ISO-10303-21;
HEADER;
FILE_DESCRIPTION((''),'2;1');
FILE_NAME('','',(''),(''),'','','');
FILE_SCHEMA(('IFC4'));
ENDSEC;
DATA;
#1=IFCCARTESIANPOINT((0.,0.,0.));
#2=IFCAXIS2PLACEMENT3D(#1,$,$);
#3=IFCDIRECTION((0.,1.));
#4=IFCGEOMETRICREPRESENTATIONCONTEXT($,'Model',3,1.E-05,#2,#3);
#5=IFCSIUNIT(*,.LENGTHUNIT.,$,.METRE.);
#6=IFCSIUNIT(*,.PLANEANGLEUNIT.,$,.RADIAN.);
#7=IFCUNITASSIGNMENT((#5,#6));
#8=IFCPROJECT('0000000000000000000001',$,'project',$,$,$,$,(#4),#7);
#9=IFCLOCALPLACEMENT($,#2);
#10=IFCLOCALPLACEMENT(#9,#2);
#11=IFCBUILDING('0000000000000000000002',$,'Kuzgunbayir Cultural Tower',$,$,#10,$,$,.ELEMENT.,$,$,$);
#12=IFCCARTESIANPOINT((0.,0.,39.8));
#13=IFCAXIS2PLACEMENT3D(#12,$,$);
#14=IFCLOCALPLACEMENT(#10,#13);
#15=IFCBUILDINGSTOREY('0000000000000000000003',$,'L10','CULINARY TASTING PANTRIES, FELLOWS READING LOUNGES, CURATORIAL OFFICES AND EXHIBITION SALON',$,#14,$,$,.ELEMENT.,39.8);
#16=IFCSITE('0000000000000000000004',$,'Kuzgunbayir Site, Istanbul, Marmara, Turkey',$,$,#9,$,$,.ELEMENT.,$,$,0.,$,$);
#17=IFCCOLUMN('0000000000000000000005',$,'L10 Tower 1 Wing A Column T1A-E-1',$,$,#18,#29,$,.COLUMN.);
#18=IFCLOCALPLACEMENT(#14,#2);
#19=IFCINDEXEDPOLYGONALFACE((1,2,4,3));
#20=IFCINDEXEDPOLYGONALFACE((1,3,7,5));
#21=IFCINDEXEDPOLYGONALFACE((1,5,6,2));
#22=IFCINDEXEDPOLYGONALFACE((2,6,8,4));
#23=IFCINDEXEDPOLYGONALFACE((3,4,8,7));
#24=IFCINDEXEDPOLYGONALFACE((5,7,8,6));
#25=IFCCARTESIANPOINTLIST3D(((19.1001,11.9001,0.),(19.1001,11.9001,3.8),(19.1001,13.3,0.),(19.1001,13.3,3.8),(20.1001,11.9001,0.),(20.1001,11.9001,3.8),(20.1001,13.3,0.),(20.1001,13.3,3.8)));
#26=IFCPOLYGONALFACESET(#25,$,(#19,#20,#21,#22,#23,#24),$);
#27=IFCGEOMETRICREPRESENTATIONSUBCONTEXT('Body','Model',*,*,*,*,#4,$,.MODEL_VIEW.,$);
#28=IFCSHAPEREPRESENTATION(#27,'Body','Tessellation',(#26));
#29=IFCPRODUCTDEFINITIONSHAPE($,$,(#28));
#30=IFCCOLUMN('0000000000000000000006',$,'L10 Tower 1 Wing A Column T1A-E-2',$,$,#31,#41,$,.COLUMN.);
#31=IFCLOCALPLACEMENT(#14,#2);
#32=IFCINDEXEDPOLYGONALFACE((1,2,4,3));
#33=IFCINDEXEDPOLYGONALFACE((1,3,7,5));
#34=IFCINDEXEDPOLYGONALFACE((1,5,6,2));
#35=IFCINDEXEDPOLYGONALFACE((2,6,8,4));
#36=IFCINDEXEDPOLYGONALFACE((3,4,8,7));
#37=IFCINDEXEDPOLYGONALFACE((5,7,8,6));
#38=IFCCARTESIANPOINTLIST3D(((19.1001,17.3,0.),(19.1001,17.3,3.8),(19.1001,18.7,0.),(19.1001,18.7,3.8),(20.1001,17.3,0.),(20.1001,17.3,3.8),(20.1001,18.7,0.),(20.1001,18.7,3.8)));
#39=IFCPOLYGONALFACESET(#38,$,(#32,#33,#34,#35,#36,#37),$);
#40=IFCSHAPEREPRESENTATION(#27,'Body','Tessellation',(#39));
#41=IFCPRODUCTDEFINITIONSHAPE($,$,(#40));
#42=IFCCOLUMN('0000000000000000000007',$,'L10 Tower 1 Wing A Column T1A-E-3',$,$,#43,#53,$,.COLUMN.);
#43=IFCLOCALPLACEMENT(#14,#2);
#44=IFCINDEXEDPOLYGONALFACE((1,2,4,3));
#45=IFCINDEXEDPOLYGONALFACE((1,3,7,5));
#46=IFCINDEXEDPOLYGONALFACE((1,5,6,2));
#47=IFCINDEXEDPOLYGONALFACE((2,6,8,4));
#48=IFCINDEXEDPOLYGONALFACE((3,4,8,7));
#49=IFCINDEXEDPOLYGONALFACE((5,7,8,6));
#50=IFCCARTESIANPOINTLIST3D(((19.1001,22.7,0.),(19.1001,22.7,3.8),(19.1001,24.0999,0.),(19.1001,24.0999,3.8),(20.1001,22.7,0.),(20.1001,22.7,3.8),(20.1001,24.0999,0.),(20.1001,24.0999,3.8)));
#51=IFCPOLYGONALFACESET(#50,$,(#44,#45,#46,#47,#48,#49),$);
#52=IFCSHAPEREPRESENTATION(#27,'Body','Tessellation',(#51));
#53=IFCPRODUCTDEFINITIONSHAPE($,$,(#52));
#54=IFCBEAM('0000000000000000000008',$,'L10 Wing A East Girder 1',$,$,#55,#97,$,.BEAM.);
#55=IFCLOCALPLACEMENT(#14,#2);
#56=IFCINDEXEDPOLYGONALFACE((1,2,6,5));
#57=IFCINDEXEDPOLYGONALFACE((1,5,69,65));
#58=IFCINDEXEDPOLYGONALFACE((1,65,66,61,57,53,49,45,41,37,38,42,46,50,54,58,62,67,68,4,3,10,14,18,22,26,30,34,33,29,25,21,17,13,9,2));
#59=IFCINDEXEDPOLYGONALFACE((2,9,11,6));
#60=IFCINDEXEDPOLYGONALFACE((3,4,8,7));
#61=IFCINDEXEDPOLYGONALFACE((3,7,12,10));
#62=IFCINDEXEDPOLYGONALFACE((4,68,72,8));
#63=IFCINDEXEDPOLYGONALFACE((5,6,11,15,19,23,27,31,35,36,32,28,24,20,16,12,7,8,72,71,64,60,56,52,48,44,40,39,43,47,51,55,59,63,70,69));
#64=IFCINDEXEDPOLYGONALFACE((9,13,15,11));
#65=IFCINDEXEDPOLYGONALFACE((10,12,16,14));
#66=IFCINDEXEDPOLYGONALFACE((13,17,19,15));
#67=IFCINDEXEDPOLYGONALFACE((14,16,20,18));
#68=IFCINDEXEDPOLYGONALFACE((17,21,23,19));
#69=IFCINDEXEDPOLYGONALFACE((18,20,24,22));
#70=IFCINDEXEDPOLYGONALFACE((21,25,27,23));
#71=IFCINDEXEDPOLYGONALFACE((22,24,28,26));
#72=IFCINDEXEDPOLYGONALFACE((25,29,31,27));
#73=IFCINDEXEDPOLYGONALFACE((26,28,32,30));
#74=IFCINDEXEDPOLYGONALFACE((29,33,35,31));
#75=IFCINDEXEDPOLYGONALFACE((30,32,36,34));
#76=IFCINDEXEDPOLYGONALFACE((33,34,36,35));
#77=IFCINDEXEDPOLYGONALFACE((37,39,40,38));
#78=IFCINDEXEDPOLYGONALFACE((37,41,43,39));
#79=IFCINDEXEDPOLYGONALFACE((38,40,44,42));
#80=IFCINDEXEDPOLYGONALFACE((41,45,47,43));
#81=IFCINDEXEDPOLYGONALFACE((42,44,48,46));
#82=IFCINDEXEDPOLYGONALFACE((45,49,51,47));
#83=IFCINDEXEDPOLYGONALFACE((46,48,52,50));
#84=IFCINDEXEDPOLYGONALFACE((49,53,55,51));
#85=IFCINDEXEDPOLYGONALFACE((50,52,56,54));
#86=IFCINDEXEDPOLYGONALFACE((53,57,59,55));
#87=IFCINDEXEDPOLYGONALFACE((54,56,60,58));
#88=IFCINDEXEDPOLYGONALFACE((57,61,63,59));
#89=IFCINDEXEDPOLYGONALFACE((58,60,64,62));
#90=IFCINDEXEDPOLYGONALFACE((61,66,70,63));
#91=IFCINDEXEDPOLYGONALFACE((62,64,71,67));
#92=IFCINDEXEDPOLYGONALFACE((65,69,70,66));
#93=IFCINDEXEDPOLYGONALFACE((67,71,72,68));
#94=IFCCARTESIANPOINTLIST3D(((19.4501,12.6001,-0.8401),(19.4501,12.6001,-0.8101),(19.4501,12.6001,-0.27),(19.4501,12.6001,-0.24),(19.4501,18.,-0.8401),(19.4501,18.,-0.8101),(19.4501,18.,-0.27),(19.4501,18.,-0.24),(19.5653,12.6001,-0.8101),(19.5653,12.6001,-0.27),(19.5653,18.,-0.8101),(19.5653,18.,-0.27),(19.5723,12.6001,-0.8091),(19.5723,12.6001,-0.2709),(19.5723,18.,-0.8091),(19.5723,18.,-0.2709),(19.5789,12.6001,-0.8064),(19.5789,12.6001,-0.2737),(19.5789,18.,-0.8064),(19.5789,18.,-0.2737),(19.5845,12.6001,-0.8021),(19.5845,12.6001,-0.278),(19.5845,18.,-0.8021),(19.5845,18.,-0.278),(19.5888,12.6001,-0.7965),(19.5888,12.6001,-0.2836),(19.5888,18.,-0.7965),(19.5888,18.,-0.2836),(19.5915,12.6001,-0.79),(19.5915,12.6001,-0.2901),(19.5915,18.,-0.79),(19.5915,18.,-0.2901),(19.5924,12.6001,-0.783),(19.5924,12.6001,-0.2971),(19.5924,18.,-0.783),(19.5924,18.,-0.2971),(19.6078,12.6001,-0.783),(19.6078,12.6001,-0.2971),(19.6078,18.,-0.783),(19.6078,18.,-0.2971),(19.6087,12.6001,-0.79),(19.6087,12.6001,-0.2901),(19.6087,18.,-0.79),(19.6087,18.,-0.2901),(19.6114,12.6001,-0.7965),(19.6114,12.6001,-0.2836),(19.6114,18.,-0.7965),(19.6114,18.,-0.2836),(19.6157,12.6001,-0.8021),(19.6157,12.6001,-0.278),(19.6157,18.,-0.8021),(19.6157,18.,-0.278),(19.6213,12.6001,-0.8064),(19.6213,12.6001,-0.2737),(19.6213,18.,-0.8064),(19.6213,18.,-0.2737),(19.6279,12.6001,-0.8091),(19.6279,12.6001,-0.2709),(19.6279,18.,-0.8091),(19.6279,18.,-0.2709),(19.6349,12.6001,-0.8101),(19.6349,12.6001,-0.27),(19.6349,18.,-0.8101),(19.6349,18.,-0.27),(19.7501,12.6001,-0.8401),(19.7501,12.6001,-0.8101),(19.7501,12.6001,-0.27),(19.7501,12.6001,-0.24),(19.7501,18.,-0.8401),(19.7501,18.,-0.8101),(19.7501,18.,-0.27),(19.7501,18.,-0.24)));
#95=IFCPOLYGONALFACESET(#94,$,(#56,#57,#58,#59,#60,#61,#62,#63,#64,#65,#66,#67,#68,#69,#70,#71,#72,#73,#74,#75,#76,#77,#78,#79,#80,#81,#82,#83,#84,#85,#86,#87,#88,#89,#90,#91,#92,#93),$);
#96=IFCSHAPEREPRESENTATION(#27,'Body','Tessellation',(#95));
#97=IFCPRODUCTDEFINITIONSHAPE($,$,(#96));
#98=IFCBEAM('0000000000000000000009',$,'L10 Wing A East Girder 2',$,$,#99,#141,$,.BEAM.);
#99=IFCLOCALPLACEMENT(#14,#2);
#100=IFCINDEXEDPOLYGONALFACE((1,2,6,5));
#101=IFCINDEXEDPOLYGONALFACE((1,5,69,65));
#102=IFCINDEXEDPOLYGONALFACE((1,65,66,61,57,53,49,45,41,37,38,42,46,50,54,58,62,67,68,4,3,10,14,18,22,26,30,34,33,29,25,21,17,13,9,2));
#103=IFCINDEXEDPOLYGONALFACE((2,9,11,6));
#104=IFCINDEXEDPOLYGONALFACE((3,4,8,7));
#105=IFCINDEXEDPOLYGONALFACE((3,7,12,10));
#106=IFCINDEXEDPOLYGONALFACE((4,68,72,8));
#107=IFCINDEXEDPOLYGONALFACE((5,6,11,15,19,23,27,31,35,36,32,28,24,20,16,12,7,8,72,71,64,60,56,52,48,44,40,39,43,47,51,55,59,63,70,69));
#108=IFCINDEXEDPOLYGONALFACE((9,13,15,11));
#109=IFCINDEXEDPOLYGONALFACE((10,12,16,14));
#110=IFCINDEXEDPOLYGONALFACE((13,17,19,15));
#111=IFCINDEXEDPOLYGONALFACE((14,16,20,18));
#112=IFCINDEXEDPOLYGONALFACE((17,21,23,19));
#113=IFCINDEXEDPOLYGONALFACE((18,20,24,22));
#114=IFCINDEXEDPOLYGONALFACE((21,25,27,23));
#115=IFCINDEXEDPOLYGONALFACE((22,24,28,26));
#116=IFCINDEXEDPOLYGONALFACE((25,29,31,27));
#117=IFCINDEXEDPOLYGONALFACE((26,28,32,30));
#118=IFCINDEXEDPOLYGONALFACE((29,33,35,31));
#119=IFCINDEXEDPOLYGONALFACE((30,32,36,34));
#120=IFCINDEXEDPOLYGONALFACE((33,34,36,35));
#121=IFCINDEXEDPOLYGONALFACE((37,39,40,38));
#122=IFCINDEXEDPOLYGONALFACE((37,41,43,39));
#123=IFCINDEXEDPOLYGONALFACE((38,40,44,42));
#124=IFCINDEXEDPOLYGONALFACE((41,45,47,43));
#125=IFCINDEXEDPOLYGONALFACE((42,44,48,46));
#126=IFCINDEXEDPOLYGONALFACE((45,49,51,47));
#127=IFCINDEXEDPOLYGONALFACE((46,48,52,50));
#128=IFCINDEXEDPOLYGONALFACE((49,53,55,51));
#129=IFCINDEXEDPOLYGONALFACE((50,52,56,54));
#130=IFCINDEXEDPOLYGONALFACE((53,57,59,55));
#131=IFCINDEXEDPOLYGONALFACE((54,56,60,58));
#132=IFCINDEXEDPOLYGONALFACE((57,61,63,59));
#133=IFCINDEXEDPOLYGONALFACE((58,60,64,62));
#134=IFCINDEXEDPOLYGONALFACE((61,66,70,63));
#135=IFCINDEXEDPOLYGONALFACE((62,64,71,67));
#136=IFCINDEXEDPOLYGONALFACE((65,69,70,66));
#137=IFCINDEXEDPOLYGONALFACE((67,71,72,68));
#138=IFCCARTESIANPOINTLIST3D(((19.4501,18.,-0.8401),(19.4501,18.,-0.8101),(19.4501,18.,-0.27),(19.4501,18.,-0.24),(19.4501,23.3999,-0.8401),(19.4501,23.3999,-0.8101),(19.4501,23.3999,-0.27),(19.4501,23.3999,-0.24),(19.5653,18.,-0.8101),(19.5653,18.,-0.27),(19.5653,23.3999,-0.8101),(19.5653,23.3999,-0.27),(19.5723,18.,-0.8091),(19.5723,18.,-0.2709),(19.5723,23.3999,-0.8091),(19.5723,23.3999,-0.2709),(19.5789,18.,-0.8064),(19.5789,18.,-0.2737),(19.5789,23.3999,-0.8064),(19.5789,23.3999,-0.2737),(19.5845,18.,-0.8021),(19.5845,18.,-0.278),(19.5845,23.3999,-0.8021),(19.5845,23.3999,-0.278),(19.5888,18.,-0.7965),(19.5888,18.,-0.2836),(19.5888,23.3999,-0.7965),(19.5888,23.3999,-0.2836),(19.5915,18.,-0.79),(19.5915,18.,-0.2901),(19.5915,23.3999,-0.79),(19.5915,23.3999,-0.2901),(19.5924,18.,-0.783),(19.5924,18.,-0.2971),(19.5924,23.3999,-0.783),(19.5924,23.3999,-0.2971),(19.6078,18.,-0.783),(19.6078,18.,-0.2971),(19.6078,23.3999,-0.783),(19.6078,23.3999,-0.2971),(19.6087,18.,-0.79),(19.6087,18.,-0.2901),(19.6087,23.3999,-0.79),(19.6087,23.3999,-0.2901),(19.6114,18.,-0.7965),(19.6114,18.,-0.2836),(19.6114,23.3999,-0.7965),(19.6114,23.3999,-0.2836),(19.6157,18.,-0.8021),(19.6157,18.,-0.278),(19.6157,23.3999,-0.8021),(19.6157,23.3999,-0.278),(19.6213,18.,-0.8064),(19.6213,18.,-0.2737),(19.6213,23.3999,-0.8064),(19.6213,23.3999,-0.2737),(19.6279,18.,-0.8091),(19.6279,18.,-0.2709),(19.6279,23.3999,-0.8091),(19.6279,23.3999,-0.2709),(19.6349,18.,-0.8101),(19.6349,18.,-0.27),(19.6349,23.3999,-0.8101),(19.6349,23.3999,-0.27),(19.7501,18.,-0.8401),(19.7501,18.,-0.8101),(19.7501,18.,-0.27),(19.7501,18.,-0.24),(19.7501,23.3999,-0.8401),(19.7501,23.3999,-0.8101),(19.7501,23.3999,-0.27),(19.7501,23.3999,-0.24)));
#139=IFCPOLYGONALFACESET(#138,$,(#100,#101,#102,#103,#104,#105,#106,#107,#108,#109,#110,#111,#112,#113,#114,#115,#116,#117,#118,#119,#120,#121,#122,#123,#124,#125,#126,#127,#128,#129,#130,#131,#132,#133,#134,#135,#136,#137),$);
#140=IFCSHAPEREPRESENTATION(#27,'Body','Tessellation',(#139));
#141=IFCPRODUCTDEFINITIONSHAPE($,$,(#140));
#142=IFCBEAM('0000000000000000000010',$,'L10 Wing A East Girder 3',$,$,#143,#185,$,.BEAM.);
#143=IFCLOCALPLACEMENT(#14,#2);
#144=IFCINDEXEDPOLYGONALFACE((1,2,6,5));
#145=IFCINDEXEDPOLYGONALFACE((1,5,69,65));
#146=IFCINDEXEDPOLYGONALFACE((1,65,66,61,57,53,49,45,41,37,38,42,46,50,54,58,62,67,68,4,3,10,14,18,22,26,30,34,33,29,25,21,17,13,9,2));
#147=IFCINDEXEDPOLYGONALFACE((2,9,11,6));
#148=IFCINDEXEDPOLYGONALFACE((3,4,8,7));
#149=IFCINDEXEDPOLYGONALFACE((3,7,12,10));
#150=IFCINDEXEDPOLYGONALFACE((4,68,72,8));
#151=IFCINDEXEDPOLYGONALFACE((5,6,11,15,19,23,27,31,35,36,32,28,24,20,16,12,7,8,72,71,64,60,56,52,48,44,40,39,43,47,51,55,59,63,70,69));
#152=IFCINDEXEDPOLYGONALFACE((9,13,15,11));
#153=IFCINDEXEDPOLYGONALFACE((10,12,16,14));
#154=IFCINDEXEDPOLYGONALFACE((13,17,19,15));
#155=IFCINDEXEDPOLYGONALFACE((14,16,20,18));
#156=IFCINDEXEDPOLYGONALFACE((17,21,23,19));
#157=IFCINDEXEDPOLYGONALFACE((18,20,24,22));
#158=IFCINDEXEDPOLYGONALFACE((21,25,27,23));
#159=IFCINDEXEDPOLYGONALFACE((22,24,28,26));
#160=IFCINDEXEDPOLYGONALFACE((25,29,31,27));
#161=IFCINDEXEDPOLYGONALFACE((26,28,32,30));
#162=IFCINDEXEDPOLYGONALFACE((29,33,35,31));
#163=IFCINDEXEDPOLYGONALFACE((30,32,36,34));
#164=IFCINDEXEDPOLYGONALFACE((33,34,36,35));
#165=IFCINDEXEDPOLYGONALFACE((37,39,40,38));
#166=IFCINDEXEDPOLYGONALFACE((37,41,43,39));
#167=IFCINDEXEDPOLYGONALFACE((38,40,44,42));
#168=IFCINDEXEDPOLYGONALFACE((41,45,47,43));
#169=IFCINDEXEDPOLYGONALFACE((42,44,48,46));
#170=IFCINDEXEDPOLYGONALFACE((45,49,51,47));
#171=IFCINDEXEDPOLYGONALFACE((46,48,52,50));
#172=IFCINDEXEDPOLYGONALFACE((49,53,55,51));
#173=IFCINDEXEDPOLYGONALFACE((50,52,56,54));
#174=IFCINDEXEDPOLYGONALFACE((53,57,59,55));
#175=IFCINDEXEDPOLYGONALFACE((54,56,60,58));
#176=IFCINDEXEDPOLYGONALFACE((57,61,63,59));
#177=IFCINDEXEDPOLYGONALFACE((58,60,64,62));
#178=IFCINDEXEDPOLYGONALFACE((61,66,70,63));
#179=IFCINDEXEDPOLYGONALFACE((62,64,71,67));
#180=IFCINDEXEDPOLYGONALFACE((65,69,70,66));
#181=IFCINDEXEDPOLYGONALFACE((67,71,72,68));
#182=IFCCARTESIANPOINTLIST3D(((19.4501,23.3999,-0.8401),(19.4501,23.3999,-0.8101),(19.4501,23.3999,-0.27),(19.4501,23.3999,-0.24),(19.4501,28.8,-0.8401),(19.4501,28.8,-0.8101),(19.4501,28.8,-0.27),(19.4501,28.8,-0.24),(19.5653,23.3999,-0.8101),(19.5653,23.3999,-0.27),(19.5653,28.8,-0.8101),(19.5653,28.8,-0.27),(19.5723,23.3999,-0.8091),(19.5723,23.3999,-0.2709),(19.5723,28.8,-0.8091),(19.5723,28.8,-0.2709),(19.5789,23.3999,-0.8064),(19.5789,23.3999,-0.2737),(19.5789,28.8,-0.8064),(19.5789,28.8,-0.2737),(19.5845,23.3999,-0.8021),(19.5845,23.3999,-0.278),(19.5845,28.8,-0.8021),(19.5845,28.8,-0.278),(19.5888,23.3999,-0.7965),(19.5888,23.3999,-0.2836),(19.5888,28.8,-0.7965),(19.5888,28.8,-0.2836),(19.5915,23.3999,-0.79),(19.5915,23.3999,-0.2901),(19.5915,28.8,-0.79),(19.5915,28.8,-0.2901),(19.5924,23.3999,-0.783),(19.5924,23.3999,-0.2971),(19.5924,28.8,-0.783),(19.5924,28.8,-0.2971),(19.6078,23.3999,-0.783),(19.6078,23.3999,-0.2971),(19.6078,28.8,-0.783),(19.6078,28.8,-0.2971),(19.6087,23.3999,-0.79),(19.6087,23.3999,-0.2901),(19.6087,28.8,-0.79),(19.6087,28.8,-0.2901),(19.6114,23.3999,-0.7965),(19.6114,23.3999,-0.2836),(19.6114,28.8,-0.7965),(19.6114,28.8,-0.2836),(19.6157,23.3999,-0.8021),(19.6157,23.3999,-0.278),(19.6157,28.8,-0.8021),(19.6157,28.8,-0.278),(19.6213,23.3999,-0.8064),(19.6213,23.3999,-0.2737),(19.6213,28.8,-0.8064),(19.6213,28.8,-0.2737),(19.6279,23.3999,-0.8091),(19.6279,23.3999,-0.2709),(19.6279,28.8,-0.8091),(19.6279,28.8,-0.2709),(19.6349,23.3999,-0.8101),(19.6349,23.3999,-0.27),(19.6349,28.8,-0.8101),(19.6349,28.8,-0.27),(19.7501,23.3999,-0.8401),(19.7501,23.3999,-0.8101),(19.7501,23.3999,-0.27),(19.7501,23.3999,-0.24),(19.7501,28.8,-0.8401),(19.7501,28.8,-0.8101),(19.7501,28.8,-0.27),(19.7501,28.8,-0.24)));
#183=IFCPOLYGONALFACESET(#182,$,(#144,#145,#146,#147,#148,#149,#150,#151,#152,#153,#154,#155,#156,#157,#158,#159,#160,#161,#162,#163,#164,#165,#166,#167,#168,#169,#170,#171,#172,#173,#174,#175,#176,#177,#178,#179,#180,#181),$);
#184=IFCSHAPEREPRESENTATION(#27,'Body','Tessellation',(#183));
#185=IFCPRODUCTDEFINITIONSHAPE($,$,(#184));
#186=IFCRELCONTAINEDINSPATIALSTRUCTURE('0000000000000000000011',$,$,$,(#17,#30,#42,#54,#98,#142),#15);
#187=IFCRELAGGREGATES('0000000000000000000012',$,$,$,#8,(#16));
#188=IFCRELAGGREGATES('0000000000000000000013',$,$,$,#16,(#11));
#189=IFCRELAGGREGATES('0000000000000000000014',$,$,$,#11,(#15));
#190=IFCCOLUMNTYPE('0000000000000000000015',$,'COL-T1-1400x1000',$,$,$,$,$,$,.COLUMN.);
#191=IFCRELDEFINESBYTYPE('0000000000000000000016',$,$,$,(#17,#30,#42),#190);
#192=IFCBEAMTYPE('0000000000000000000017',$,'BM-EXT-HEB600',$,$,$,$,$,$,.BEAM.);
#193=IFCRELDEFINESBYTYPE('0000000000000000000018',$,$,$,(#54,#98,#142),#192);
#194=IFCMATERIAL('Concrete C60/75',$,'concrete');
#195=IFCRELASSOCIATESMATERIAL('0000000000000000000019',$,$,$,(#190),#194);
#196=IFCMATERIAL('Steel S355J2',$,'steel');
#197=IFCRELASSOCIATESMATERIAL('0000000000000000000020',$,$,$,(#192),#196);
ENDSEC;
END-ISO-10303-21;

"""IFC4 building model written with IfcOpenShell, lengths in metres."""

from ifc_helpers import new_model, si_unit, direction, frame, origin, origin_2d, place, context, subcontext, project, spatial, rectangle, i_section, extrude, material, material_profile, profile_set, type_object, element, save


model = new_model("IFC4")

# Units and contexts
model_context = context("Model", 3, precision=1e-05, world=origin(), true_north=direction((0.0, 1.0)))
body_context = subcontext(model_context, "Body", "Model", "MODEL_VIEW")
ifc_project = project(units=[si_unit("LENGTHUNIT", "METRE"), si_unit("PLANEANGLEUNIT", "RADIAN")], contexts=[model_context])

# Site, building, storey
site_placement = place(None, origin())
site = spatial("IfcSite", under=ifc_project, at=site_placement, Name="Kuzgunbayir Site, Istanbul, Marmara, Turkey", CompositionType="ELEMENT", RefElevation=0.0)
building_placement = place(site_placement, origin())
building = spatial("IfcBuilding", under=site, at=building_placement, Name="Kuzgunbayir Cultural Tower", CompositionType="ELEMENT")
storey_placement = place(building_placement, frame((0.0, 0.0, 39.8)))
storey = spatial("IfcBuildingStorey", under=building, at=storey_placement, Name="L10", Description="CULINARY TASTING PANTRIES, FELLOWS READING LOUNGES, CURATORIAL OFFICES AND EXHIBITION SALON", CompositionType="ELEMENT", Elevation=39.8)

# Columns
ifc_material_1 = material(Name="Concrete C60/75", Category="concrete")
ifc_material_profile_1 = material_profile(ifc_material_1, rectangle(XDim=1.0, YDim=1.3999, at=origin_2d()), Name="RC 1400x1000")
ifc_profile_set_1 = profile_set([ifc_material_profile_1], Name="Concrete C60/75")
column_type = type_object("IfcColumnType", Name="COL-T1-1400x1000", PredefinedType="COLUMN", material=ifc_profile_set_1)
for number, where, z_axis, x_axis, name in (
    (1, (19.6001, 12.6001, 0.0), (0.0, 0.0, 1.0), (1.0, 0.0, 0.0), "L10 Tower 1 Wing A Column T1A-E-1"),
    (2, (19.6001, 18.0, 0.0), (0.0, 0.0, 1.0), (1.0, 0.0, 0.0), "L10 Tower 1 Wing A Column T1A-E-2"),
    (3, (19.6001, 23.3999, 0.0), (0.0, 0.0, 1.0), (1.0, 0.0, 0.0), "L10 Tower 1 Wing A Column T1A-E-3"),
):
    element("IfcColumn", number, at=place(storey_placement, frame(where, z_axis=z_axis, x_axis=x_axis)), inside=storey, type_object=column_type, Name=name, PredefinedType="COLUMN", context=body_context, shape_type="SweptSolid", body=[
        extrude(rectangle(XDim=1.0, YDim=1.3999, at=origin_2d()), origin(), (0.0, 0.0, 1.0), 3.8),
    ])

# Beams
ifc_material_2 = material(Name="Steel S355J2", Category="steel")
ifc_material_profile_2 = material_profile(ifc_material_2, i_section(OverallWidth=0.3, OverallDepth=0.6001, WebThickness=0.0154, FlangeThickness=0.03, FilletRadius=0.0271, at=origin_2d()), Name="HEB 600")
ifc_profile_set_2 = profile_set([ifc_material_profile_2], Name="Steel S355J2")
beam_type_1 = type_object("IfcBeamType", Name="BM-EXT-HEB600", PredefinedType="BEAM", material=ifc_profile_set_2)
for number, where, z_axis, x_axis, name in (
    (4, (19.6001, 12.6001, -0.54), (0.0, 1.0, 0.0), (-1.0, 0.0, 0.0), "L10 Wing A East Girder 1"),
    (5, (19.6001, 18.0, -0.54), (0.0, 1.0, 0.0), (-1.0, 0.0, 0.0), "L10 Wing A East Girder 2"),
):
    element("IfcBeam", number, at=place(storey_placement, frame(where, z_axis=z_axis, x_axis=x_axis)), inside=storey, type_object=beam_type_1, Name=name, PredefinedType="BEAM", context=body_context, shape_type="SweptSolid", body=[
        extrude(i_section(OverallWidth=0.3, OverallDepth=0.6001, WebThickness=0.0154, FlangeThickness=0.03, FilletRadius=0.0271, at=origin_2d()), origin(), (0.0, 0.0, 1.0), 5.3999),
    ])
beam_placement = place(storey_placement, frame((19.6001, 23.3999, -0.54), z_axis=(0.0, 1.0, 0.0), x_axis=(-1.0, 0.0, 0.0)))
element("IfcBeam", 6, at=beam_placement, inside=storey, type_object=beam_type_1, Name="L10 Wing A East Girder 3", PredefinedType="BEAM", context=body_context, shape_type="SweptSolid", body=[
    extrude(i_section(OverallWidth=0.3, OverallDepth=0.6001, WebThickness=0.0154, FlangeThickness=0.03, FilletRadius=0.0271, at=origin_2d()), origin(), (0.0, 0.0, 1.0), 5.4001),
])

save(model, "model.ifc")
